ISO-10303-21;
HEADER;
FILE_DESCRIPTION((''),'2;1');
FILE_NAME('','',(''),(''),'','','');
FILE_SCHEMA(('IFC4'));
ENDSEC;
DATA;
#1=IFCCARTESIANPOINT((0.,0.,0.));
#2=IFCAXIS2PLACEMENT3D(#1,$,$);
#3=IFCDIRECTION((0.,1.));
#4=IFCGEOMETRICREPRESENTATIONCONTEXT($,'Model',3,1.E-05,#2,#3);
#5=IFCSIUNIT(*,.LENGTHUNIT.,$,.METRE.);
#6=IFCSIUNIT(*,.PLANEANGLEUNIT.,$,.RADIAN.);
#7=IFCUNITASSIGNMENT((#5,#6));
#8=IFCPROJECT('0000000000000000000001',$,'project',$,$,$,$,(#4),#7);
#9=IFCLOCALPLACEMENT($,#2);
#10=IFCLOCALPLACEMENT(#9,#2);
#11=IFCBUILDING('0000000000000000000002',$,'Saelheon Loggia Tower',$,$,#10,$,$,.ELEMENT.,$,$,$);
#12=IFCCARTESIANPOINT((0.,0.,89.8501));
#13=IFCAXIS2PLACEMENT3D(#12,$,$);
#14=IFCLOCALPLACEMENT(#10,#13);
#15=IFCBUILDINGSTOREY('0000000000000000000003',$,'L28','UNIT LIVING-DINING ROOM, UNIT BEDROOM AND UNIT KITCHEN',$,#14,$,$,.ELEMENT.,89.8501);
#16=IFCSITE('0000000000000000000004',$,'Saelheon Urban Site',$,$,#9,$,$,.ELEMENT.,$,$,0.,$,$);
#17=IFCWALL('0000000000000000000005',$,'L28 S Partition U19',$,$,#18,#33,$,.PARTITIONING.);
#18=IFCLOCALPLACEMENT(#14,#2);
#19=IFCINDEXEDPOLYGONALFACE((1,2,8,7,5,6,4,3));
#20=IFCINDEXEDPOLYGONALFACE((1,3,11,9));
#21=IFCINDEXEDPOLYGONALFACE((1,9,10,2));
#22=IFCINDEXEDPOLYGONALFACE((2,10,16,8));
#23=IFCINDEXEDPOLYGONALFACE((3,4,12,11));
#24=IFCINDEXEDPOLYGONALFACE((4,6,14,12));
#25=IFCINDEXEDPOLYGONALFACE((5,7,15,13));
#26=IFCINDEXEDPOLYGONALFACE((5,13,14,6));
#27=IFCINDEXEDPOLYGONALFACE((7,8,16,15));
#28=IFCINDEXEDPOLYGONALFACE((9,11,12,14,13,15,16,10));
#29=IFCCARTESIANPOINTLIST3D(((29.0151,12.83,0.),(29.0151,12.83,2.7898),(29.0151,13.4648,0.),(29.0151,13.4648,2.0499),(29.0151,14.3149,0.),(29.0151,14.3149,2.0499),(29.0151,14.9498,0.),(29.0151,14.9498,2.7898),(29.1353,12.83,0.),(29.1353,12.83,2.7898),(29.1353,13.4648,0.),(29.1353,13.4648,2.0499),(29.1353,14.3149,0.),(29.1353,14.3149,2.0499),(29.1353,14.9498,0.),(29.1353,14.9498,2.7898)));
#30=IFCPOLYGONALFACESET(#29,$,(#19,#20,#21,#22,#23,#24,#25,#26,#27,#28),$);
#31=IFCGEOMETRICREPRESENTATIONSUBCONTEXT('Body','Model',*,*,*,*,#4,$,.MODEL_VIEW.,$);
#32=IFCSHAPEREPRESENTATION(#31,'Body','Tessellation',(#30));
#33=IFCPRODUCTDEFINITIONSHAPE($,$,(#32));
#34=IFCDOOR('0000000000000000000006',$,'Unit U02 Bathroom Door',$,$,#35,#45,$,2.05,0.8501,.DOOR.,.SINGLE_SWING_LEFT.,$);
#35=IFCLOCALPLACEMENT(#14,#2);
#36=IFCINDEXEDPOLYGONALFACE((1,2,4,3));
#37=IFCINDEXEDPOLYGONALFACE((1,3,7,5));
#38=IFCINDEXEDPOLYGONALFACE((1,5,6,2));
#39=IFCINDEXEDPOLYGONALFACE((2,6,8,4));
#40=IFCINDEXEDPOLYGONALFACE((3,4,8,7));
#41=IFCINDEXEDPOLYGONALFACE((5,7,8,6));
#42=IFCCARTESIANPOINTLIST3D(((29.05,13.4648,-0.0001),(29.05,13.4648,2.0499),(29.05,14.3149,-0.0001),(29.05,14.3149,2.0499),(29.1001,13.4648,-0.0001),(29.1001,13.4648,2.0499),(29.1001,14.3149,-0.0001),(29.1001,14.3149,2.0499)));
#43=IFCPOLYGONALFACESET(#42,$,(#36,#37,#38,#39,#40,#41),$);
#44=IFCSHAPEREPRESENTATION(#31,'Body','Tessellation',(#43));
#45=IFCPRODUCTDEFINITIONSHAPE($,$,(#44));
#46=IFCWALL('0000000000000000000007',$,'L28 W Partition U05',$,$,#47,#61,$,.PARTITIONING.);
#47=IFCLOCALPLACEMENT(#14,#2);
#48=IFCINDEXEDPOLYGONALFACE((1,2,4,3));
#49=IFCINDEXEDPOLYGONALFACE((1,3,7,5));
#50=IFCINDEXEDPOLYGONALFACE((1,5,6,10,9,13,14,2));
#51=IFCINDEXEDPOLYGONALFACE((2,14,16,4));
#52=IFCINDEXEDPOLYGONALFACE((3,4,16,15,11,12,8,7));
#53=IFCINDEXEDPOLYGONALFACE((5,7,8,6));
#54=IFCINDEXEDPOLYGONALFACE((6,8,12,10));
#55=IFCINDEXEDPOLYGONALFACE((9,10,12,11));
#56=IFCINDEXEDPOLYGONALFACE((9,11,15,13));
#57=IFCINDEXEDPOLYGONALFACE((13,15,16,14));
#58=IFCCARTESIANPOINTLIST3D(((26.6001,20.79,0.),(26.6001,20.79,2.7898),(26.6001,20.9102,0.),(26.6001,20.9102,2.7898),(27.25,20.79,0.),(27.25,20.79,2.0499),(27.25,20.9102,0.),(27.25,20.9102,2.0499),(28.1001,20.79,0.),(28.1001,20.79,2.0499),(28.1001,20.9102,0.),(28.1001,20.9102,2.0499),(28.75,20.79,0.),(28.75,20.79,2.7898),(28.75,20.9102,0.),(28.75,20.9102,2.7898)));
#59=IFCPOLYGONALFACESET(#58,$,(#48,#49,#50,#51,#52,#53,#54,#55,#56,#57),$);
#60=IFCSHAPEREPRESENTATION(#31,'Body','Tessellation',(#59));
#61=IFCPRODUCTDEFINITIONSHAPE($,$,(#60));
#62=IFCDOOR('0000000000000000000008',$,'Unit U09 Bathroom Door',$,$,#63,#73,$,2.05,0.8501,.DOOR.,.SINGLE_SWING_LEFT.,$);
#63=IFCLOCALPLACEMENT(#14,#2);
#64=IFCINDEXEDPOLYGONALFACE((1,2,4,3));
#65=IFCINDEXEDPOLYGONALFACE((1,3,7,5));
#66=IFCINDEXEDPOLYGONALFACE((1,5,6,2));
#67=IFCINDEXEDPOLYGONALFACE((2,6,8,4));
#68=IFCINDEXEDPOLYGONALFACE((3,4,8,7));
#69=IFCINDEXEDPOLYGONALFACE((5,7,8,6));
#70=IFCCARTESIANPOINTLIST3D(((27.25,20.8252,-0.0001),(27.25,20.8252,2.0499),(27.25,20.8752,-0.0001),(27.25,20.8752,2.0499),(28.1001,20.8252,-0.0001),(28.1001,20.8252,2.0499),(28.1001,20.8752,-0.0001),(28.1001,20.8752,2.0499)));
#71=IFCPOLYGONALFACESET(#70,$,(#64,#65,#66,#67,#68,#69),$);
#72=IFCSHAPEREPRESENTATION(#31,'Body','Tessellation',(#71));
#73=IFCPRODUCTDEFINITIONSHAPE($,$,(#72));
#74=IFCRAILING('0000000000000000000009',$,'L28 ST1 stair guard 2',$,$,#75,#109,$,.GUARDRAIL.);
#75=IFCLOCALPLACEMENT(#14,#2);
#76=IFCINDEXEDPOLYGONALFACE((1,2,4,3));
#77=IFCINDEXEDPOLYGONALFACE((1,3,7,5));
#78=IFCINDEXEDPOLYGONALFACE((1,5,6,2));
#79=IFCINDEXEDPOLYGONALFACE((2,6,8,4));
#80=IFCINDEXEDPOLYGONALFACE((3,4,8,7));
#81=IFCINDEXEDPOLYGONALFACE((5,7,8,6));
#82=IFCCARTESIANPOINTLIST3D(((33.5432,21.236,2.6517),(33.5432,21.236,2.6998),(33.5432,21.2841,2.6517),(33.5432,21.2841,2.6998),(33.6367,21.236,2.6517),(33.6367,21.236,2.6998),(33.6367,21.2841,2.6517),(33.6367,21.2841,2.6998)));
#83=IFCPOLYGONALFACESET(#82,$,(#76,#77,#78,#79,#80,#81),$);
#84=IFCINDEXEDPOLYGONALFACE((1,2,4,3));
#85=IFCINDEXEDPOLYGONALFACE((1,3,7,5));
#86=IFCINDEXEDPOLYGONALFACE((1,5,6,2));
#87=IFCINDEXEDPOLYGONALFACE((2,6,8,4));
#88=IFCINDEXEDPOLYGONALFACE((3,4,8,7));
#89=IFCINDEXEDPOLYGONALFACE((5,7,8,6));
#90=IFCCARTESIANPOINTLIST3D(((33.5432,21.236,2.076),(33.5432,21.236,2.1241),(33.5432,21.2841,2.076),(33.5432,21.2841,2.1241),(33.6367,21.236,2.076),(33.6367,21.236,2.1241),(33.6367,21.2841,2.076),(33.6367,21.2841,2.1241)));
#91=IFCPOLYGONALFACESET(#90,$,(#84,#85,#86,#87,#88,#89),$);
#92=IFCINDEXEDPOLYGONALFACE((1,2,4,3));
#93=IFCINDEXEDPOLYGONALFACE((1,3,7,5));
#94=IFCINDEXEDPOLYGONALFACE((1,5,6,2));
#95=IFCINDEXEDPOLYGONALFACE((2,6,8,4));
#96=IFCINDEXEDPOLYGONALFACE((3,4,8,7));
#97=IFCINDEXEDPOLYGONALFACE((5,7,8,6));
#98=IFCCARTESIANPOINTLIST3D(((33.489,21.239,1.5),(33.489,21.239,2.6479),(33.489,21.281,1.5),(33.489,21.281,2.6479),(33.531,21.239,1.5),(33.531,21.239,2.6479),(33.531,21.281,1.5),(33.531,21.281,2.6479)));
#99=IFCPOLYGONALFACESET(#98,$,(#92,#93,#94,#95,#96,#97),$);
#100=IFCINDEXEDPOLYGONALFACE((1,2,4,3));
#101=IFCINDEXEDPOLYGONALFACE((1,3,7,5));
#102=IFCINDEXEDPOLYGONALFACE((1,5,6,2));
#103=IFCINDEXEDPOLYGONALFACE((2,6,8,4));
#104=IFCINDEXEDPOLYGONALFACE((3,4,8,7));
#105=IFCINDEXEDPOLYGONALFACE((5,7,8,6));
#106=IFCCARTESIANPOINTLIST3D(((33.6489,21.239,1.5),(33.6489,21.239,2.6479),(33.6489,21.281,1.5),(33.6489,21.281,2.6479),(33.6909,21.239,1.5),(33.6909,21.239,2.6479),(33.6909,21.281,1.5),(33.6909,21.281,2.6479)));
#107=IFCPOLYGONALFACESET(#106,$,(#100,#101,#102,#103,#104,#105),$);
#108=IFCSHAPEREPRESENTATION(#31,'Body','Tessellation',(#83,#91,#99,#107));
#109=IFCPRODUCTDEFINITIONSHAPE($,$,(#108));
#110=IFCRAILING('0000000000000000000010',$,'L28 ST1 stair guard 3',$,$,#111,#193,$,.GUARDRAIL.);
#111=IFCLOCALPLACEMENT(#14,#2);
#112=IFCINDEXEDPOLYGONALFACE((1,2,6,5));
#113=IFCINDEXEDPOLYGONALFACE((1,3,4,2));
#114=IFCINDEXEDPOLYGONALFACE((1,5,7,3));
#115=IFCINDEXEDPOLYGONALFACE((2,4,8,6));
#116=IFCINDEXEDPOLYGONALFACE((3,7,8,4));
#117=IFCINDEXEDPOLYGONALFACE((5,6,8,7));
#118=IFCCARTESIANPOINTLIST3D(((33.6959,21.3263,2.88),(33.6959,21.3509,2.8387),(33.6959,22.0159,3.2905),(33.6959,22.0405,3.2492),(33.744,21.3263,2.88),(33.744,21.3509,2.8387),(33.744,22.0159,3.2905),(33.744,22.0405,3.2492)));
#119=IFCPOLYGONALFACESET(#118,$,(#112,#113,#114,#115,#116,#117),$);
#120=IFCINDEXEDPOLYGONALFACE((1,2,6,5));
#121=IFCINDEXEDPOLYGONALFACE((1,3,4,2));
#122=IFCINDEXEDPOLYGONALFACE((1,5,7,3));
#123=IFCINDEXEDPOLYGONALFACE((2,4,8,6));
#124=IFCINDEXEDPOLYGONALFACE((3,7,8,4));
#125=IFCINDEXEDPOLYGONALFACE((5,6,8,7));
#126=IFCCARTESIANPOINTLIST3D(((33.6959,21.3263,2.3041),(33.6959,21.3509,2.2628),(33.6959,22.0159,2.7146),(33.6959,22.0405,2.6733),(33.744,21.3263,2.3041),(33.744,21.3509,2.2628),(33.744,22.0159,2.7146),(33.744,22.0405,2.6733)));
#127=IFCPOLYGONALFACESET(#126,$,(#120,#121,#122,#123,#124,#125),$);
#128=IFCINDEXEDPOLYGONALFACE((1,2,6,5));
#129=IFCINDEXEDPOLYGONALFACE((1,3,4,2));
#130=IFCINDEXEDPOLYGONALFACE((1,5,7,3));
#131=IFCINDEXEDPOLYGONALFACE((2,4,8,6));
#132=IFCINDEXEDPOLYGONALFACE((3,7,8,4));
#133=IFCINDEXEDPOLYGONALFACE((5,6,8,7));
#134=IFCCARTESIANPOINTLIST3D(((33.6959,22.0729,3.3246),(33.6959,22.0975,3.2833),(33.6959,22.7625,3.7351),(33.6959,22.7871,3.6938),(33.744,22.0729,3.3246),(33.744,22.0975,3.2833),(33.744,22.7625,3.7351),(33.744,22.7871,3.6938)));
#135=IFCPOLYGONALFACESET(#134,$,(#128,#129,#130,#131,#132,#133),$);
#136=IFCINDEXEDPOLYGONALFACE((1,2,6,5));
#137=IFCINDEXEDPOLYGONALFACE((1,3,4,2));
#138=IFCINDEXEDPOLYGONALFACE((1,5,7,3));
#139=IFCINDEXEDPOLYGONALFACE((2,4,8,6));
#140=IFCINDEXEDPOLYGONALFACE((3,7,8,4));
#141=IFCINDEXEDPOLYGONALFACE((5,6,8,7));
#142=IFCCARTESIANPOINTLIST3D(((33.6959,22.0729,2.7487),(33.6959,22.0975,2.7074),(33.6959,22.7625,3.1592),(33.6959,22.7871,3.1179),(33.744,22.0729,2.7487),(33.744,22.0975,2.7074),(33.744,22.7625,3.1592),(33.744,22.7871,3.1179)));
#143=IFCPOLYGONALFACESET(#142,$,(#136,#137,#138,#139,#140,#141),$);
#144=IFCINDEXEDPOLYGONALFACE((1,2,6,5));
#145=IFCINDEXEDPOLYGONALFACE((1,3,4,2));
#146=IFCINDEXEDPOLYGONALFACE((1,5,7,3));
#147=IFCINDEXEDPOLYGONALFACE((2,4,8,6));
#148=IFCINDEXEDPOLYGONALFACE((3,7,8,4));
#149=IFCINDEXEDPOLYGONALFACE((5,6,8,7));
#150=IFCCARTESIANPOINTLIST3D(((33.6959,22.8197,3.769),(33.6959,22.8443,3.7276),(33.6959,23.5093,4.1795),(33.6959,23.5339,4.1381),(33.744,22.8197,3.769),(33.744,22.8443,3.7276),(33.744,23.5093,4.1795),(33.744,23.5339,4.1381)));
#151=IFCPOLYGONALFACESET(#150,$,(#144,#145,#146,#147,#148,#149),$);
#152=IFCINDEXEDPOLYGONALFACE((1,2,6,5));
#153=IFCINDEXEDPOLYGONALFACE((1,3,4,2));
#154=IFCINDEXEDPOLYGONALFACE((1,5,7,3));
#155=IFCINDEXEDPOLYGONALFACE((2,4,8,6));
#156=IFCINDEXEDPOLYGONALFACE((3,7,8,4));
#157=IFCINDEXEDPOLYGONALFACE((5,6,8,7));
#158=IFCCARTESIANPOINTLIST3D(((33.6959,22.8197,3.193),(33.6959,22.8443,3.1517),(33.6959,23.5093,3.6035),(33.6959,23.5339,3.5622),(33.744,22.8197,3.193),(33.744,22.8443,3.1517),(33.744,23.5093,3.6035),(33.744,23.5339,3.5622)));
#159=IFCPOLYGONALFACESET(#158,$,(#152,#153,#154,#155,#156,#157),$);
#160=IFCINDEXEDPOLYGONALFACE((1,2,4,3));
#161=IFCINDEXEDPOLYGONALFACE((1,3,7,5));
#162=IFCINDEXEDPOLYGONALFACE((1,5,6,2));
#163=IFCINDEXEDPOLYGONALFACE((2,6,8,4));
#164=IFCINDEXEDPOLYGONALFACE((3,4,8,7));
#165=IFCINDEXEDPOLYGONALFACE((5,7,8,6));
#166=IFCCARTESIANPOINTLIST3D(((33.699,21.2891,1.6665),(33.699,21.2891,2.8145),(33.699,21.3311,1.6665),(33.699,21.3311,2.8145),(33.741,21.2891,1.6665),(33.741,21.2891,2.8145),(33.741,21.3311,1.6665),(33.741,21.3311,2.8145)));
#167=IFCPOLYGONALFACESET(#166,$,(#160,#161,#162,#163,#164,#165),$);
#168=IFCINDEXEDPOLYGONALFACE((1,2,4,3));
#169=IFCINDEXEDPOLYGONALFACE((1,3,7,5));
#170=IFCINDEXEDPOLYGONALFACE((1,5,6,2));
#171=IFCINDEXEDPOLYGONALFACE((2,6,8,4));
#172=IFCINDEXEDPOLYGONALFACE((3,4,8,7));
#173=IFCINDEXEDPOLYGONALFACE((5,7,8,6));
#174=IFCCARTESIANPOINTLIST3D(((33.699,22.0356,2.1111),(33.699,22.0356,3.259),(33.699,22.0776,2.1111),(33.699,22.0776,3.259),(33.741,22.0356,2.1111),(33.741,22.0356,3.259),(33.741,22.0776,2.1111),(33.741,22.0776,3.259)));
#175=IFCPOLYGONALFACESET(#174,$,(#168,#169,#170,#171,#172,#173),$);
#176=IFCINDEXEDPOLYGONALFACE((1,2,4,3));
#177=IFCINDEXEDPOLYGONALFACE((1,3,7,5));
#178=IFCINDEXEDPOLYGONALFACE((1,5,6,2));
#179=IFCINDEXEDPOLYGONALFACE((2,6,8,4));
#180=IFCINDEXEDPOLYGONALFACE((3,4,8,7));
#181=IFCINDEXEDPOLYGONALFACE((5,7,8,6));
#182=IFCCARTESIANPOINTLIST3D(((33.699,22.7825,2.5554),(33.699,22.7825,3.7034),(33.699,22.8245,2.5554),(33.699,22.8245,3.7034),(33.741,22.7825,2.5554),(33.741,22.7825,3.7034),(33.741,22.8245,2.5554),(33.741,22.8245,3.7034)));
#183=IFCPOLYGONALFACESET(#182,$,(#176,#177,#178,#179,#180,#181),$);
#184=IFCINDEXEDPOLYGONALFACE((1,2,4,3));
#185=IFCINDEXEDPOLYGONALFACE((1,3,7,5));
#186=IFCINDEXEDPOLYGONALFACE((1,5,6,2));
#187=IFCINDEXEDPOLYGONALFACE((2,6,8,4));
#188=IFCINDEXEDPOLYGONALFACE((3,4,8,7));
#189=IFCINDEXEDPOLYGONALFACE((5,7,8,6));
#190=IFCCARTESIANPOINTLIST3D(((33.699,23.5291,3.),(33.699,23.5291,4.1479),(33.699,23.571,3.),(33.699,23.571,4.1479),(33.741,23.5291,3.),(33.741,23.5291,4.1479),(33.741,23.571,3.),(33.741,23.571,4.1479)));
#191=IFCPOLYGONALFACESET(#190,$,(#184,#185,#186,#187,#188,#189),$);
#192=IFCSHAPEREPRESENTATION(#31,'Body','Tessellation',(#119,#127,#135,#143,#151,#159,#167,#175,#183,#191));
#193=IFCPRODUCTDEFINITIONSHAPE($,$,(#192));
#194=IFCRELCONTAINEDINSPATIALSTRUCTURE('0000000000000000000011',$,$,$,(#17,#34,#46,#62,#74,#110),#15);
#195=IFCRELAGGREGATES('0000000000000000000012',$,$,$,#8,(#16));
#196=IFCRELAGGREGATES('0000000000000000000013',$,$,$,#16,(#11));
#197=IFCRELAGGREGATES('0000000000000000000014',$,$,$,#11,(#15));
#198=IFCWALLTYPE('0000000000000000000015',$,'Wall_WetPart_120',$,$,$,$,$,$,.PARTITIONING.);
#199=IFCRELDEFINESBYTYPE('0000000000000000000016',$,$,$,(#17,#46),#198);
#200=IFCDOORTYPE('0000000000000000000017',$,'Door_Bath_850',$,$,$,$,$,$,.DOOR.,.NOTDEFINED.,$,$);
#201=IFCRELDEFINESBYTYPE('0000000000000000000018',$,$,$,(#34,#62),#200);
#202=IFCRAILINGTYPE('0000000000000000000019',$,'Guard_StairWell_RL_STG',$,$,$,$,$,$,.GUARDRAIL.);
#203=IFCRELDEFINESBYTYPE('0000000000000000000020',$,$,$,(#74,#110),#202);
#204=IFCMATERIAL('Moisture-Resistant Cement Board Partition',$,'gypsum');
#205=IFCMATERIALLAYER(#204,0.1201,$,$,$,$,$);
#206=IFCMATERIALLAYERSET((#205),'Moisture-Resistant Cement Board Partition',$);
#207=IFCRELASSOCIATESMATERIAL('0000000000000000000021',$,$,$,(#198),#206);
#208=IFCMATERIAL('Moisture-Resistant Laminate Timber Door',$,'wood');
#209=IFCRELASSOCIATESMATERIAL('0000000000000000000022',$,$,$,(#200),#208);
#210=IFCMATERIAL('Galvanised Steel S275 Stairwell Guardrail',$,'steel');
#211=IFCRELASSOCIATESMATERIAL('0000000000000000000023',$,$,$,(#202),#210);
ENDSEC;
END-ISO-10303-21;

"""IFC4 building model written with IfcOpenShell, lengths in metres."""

from ifc_helpers import new_model, si_unit, direction, frame, frame_2d, origin, origin_2d, place, context, subcontext, project, spatial, rectangle, extrude, source, transform, mapped, material, layer, layer_set, type_object, element, fill, save


model = new_model("IFC4")

# Units and contexts
model_context = context("Model", 3, precision=1e-05, world=origin(), true_north=direction((0.0, 1.0)))
body_context = subcontext(model_context, "Body", "Model", "MODEL_VIEW")
ifc_project = project(units=[si_unit("LENGTHUNIT", "METRE"), si_unit("PLANEANGLEUNIT", "RADIAN")], contexts=[model_context])

# Site, building, storey
site_placement = place(None, origin())
site = spatial("IfcSite", under=ifc_project, at=site_placement, Name="Saelheon Urban Site", CompositionType="ELEMENT", RefElevation=0.0)
building_placement = place(site_placement, origin())
building = spatial("IfcBuilding", under=site, at=building_placement, Name="Saelheon Loggia Tower", CompositionType="ELEMENT")
storey_placement = place(building_placement, frame((0.0, 0.0, 89.8501)))
storey = spatial("IfcBuildingStorey", under=building, at=storey_placement, Name="L28", Description="UNIT LIVING-DINING ROOM, UNIT BEDROOM AND UNIT KITCHEN", CompositionType="ELEMENT", Elevation=89.8501)

# Walls, openings, doors
ifc_material_1 = material(Name="Moisture-Resistant Cement Board Partition", Category="gypsum")
ifc_layer_1 = layer(ifc_material_1, 0.1201)
ifc_layer_set_1 = layer_set([ifc_layer_1], Name="Moisture-Resistant Cement Board Partition")
wall_type_1 = type_object("IfcWallType", Name="Wall_WetPart_120", PredefinedType="PARTITIONING", material=ifc_layer_set_1)
wall_1_placement = place(storey_placement, frame((29.0752, 14.95, 0.0), z_axis=(0.0, 0.0, 1.0), x_axis=(0.0, -1.0, 0.0)))
wall_1 = element("IfcWall", 1, at=wall_1_placement, inside=storey, type_object=wall_type_1, Name="L28 S Partition U19", PredefinedType="PARTITIONING", context=body_context, shape_type="SweptSolid", body=[
    extrude(rectangle(XDim=2.1199, YDim=0.1201, at=frame_2d((1.0601, 0.0))), origin(), (0.0, 0.0, 1.0), 2.7898),
])
opening_1_placement = place(wall_1_placement, frame((0.635, 0.0, 0.0)))
opening_1 = element("IfcOpeningElement", 2, at=opening_1_placement, cuts=wall_1, PredefinedType="OPENING", context=body_context, shape_type="SweptSolid", body=[
    extrude(rectangle(XDim=0.8501, YDim=2.05, at=frame_2d((0.425, 1.0249))), frame((0.0, 0.072, 0.0), z_axis=(0.0, -1.0, 0.0), x_axis=(1.0, 0.0, 0.0)), (0.0, 0.0, 1.0), 0.144),
])
ifc_material_2 = material(Name="Moisture-Resistant Laminate Timber Door", Category="wood")
door_type_1 = type_object("IfcDoorType", Name="Door_Bath_850", OperationType="NOTDEFINED", PredefinedType="DOOR", material=ifc_material_2)
shared_shape_1 = source(origin(), body_context, "Body", "SweptSolid", [
    extrude(rectangle(XDim=0.8501, YDim=2.05, at=frame_2d((0.425, 1.0249))), frame((0.0, 0.0249, 0.0), z_axis=(0.0, -1.0, 0.0), x_axis=(1.0, 0.0, 0.0)), (0.0, 0.0, 1.0), 0.05),
])
door_1_placement = place(opening_1_placement, origin())
door_1 = element("IfcDoor", 3, at=door_1_placement, inside=storey, type_object=door_type_1, Name="Unit U02 Bathroom Door", OperationType="SINGLE_SWING_LEFT", OverallHeight=2.05, OverallWidth=0.8501, PredefinedType="DOOR", context=body_context, shape_type="MappedRepresentation", body=[
    mapped(shared_shape_1, transform((0.0, 0.0, 0.0), scale=1.0)),
])
fill(opening_1, door_1)
wall_2_placement = place(storey_placement, frame((28.75, 20.8501, 0.0), z_axis=(0.0, 0.0, 1.0), x_axis=(-1.0, 0.0, 0.0)))
wall_2 = element("IfcWall", 4, at=wall_2_placement, inside=storey, type_object=wall_type_1, Name="L28 W Partition U05", PredefinedType="PARTITIONING", context=body_context, shape_type="SweptSolid", body=[
    extrude(rectangle(XDim=2.1499, YDim=0.1201, at=frame_2d((1.075, 0.0))), origin(), (0.0, 0.0, 1.0), 2.7898),
])
opening_2_placement = place(wall_2_placement, frame((0.6499, 0.0, 0.0)))
opening_2 = element("IfcOpeningElement", 5, at=opening_2_placement, cuts=wall_2, PredefinedType="OPENING", context=body_context, shape_type="SweptSolid", body=[
    extrude(rectangle(XDim=0.8501, YDim=2.05, at=frame_2d((0.425, 1.0249))), frame((0.0, 0.072, 0.0), z_axis=(0.0, -1.0, 0.0), x_axis=(1.0, 0.0, 0.0)), (0.0, 0.0, 1.0), 0.144),
])
door_2_placement = place(opening_2_placement, origin())
door_2 = element("IfcDoor", 6, at=door_2_placement, inside=storey, type_object=door_type_1, Name="Unit U09 Bathroom Door", OperationType="SINGLE_SWING_LEFT", OverallHeight=2.05, OverallWidth=0.8501, PredefinedType="DOOR", context=body_context, shape_type="MappedRepresentation", body=[
    mapped(shared_shape_1, transform((0.0, 0.0, 0.0), scale=1.0)),
])
fill(opening_2, door_2)

# Railings
ifc_material_3 = material(Name="Galvanised Steel S275 Stairwell Guardrail", Category="steel")
railing_type = type_object("IfcRailingType", Name="Guard_StairWell_RL_STG", PredefinedType="GUARDRAIL", material=ifc_material_3)
railing_1_placement = place(storey_placement, frame((33.51, 21.26, 1.5)))
element("IfcRailing", 7, at=railing_1_placement, inside=storey, type_object=railing_type, Name="L28 ST1 stair guard 2", PredefinedType="GUARDRAIL", context=body_context, shape_type="SweptSolid", body=[
    extrude(rectangle(XDim=0.0481, YDim=0.0481, at=origin_2d()), frame((0.0332, 0.0, 1.1758), z_axis=(1.0, 0.0, 0.0), x_axis=(0.0, 1.0, 0.0)), (0.0, 0.0, 1.0), 0.0935),
    extrude(rectangle(XDim=0.0481, YDim=0.0481, at=origin_2d()), frame((0.0332, 0.0, 0.6001), z_axis=(1.0, 0.0, 0.0), x_axis=(0.0, 1.0, 0.0)), (0.0, 0.0, 1.0), 0.0935),
    extrude(rectangle(XDim=0.042, YDim=0.042, at=origin_2d()), origin(), (0.0, 0.0, 1.0), 1.1479),
    extrude(rectangle(XDim=0.042, YDim=0.042, at=origin_2d()), frame((0.1599, 0.0, 0.0)), (0.0, 0.0, 1.0), 1.1479),
])
railing_2_placement = place(storey_placement, frame((33.72, 21.3101, 1.6665)))
element("IfcRailing", 8, at=railing_2_placement, inside=storey, type_object=railing_type, Name="L28 ST1 stair guard 3", PredefinedType="GUARDRAIL", context=body_context, shape_type="SweptSolid", body=[
    extrude(rectangle(XDim=0.0481, YDim=0.0481, at=origin_2d()), frame((0.0, 0.0286, 1.1929), z_axis=(0.0, 0.859264, 0.511532), x_axis=(-1.0, 0.0, 0.0)), (0.0, 0.0, 1.0), 0.8025),
    extrude(rectangle(XDim=0.0481, YDim=0.0481, at=origin_2d()), frame((0.0, 0.0286, 0.6169), z_axis=(0.0, 0.859264, 0.511532), x_axis=(-1.0, 0.0, 0.0)), (0.0, 0.0, 1.0), 0.8025),
    extrude(rectangle(XDim=0.0481, YDim=0.0481, at=origin_2d()), frame((0.0, 0.7751, 1.6375), z_axis=(0.0, 0.859264, 0.511532), x_axis=(-1.0, 0.0, 0.0)), (0.0, 0.0, 1.0), 0.8025),
    extrude(rectangle(XDim=0.0481, YDim=0.0481, at=origin_2d()), frame((0.0, 0.7751, 1.0615), z_axis=(0.0, 0.859264, 0.511532), x_axis=(-1.0, 0.0, 0.0)), (0.0, 0.0, 1.0), 0.8025),
    extrude(rectangle(XDim=0.0481, YDim=0.0481, at=origin_2d()), frame((0.0, 1.522, 2.0818), z_axis=(0.0, 0.859264, 0.511532), x_axis=(-1.0, 0.0, 0.0)), (0.0, 0.0, 1.0), 0.8025),
    extrude(rectangle(XDim=0.0481, YDim=0.0481, at=origin_2d()), frame((0.0, 1.522, 1.5059), z_axis=(0.0, 0.859264, 0.511532), x_axis=(-1.0, 0.0, 0.0)), (0.0, 0.0, 1.0), 0.8025),
    extrude(rectangle(XDim=0.042, YDim=0.042, at=origin_2d()), origin(), (0.0, 0.0, 1.0), 1.1479),
    extrude(rectangle(XDim=0.042, YDim=0.042, at=origin_2d()), frame((0.0, 0.7466, 0.4446)), (0.0, 0.0, 1.0), 1.1479),
    extrude(rectangle(XDim=0.042, YDim=0.042, at=origin_2d()), frame((0.0, 1.4934, 0.8889)), (0.0, 0.0, 1.0), 1.1479),
    extrude(rectangle(XDim=0.042, YDim=0.042, at=origin_2d()), frame((0.0, 2.24, 1.3335)), (0.0, 0.0, 1.0), 1.1479),
])

save(model, "model.ifc")
